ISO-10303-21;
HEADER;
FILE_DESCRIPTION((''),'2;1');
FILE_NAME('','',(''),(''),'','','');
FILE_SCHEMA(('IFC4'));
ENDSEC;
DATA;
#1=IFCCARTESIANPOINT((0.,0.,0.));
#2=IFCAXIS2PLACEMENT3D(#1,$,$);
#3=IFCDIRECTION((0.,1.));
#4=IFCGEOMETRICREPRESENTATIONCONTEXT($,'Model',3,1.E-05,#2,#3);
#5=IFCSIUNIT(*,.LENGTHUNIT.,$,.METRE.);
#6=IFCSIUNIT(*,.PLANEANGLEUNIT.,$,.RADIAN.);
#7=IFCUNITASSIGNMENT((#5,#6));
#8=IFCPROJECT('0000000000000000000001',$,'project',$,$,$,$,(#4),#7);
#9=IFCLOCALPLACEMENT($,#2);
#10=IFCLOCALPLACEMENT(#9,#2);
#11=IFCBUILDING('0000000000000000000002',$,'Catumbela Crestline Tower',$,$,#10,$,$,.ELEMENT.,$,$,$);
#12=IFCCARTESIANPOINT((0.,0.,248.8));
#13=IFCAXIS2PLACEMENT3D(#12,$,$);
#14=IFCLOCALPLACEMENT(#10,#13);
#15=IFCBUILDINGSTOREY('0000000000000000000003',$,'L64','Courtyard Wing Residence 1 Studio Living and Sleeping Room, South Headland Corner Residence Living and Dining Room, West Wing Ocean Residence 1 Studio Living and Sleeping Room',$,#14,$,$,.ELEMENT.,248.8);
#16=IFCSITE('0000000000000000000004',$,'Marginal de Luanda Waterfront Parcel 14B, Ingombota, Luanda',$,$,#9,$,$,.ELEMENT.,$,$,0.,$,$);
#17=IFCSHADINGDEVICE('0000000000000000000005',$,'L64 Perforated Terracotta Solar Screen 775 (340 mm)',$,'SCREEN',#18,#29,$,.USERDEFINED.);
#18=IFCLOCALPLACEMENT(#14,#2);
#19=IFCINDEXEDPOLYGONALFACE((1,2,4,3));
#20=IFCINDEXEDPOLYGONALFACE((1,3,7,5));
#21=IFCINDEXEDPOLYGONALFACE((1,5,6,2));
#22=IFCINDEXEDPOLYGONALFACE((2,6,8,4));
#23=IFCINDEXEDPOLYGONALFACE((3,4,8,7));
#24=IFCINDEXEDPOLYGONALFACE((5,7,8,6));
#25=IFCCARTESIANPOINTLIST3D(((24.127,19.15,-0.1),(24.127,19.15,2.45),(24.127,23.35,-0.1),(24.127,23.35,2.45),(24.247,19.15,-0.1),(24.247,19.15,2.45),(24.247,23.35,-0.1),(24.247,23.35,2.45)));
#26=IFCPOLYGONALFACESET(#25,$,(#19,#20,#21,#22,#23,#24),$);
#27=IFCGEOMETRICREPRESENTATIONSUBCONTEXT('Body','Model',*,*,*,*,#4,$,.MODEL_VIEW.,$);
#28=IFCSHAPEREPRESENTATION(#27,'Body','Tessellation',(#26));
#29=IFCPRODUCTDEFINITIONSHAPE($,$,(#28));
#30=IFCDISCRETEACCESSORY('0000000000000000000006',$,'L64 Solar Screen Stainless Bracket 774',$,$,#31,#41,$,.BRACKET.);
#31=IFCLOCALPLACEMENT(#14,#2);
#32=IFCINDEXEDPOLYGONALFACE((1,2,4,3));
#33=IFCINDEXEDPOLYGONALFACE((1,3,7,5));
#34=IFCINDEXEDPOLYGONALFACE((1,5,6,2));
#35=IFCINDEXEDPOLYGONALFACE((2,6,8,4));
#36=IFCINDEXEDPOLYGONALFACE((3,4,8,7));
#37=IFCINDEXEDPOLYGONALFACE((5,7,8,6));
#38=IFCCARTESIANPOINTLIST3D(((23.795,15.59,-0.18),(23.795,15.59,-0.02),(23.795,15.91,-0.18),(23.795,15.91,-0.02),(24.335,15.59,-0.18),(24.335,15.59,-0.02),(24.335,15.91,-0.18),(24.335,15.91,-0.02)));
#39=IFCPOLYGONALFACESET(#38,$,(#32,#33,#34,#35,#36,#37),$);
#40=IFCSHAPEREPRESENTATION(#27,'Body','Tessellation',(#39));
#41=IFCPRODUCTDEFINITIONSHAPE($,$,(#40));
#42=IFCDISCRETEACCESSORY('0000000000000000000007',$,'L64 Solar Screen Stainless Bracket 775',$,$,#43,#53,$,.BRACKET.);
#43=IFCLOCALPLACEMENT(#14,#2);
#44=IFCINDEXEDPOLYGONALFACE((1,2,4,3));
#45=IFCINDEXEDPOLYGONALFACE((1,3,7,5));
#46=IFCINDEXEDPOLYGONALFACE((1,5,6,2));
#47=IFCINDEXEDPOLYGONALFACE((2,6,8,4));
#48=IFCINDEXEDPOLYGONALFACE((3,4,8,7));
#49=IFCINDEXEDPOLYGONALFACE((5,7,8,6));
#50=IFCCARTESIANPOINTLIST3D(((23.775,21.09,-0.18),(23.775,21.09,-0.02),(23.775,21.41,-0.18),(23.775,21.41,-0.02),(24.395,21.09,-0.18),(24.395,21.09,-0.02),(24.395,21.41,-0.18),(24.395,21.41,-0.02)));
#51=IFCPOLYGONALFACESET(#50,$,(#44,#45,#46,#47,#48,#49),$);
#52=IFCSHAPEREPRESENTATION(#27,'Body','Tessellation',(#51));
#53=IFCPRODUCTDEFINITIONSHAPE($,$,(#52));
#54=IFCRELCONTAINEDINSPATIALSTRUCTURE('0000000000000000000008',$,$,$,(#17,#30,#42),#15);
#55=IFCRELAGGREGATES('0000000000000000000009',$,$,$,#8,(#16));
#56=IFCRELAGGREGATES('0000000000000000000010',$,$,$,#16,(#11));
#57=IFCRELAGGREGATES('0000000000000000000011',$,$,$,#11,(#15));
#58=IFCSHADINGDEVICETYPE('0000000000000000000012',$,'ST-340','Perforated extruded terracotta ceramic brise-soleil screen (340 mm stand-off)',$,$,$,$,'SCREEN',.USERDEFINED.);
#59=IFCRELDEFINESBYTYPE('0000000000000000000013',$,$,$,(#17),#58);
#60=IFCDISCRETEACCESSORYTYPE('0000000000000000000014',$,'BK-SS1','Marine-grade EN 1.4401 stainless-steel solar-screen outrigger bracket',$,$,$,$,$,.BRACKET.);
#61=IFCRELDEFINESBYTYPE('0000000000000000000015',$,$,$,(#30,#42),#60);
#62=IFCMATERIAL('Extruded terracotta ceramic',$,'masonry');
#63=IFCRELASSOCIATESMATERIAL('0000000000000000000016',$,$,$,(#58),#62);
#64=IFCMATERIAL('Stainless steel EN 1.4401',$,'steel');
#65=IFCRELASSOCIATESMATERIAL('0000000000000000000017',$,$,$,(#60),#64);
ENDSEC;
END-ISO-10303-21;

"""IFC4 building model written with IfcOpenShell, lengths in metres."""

from ifc_helpers import new_model, si_unit, direction, frame, origin, origin_2d, place, context, subcontext, project, spatial, rectangle, extrude, material, type_object, element, save


model = new_model("IFC4")

# Units and contexts
model_context = context("Model", 3, precision=1e-05, world=origin(), true_north=direction((0.0, 1.0)))
body_context = subcontext(model_context, "Body", "Model", "MODEL_VIEW")
ifc_project = project(units=[si_unit("LENGTHUNIT", "METRE"), si_unit("PLANEANGLEUNIT", "RADIAN")], contexts=[model_context])

# Site, building, storey
site_placement = place(None, origin())
site = spatial("IfcSite", under=ifc_project, at=site_placement, Name="Marginal de Luanda Waterfront Parcel 14B, Ingombota, Luanda", CompositionType="ELEMENT", RefElevation=0.0)
building_placement = place(site_placement, origin())
building = spatial("IfcBuilding", under=site, at=building_placement, Name="Catumbela Crestline Tower", CompositionType="ELEMENT")
storey_placement = place(building_placement, frame((0.0, 0.0, 248.8)))
storey = spatial("IfcBuildingStorey", under=building, at=storey_placement, Name="L64", Description="Courtyard Wing Residence 1 Studio Living and Sleeping Room, South Headland Corner Residence Living and Dining Room, West Wing Ocean Residence 1 Studio Living and Sleeping Room", CompositionType="ELEMENT", Elevation=248.8)

# Shared definitions
ifc_material_1 = material(Name="Stainless steel EN 1.4401", Category="steel")

# Shading device
ifc_material_2 = material(Name="Extruded terracotta ceramic", Category="masonry")
shading_device_type_1 = type_object("IfcShadingDeviceType", Name="ST-340", Description="Perforated extruded terracotta ceramic brise-soleil screen (340 mm stand-off)", ElementType="SCREEN", PredefinedType="USERDEFINED", material=ifc_material_2)
shading_device_1_placement = place(storey_placement, frame((24.187, 21.25, -0.1), z_axis=(0.0, 0.0, 1.0), x_axis=(0.0, 1.0, 0.0)))
element("IfcShadingDevice", 1, at=shading_device_1_placement, inside=storey, type_object=shading_device_type_1, Name="L64 Perforated Terracotta Solar Screen 775 (340 mm)", ObjectType="SCREEN", PredefinedType="USERDEFINED", context=body_context, shape_type="SweptSolid", body=[
    extrude(rectangle(XDim=4.2, YDim=0.12, at=origin_2d()), origin(), (0.0, 0.0, 1.0), 2.55),
])

# Discrete accessories
discrete_accessory_type = type_object("IfcDiscreteAccessoryType", Name="BK-SS1", Description="Marine-grade EN 1.4401 stainless-steel solar-screen outrigger bracket", PredefinedType="BRACKET", material=ifc_material_1)
discrete_accessory_1_placement = place(storey_placement, frame((24.065, 15.75, -0.18), z_axis=(0.0, 0.0, 1.0), x_axis=(0.0, 1.0, 0.0)))
element("IfcDiscreteAccessory", 2, at=discrete_accessory_1_placement, inside=storey, type_object=discrete_accessory_type, Name="L64 Solar Screen Stainless Bracket 774", PredefinedType="BRACKET", context=body_context, shape_type="SweptSolid", body=[
    extrude(rectangle(XDim=0.32, YDim=0.54, at=origin_2d()), origin(), (0.0, 0.0, 1.0), 0.16),
])
discrete_accessory_2_placement = place(storey_placement, frame((24.085, 21.25, -0.18), z_axis=(0.0, 0.0, 1.0), x_axis=(0.0, 1.0, 0.0)))
element("IfcDiscreteAccessory", 3, at=discrete_accessory_2_placement, inside=storey, type_object=discrete_accessory_type, Name="L64 Solar Screen Stainless Bracket 775", PredefinedType="BRACKET", context=body_context, shape_type="SweptSolid", body=[
    extrude(rectangle(XDim=0.32, YDim=0.62, at=origin_2d()), origin(), (0.0, 0.0, 1.0), 0.16),
])

save(model, "model.ifc")
